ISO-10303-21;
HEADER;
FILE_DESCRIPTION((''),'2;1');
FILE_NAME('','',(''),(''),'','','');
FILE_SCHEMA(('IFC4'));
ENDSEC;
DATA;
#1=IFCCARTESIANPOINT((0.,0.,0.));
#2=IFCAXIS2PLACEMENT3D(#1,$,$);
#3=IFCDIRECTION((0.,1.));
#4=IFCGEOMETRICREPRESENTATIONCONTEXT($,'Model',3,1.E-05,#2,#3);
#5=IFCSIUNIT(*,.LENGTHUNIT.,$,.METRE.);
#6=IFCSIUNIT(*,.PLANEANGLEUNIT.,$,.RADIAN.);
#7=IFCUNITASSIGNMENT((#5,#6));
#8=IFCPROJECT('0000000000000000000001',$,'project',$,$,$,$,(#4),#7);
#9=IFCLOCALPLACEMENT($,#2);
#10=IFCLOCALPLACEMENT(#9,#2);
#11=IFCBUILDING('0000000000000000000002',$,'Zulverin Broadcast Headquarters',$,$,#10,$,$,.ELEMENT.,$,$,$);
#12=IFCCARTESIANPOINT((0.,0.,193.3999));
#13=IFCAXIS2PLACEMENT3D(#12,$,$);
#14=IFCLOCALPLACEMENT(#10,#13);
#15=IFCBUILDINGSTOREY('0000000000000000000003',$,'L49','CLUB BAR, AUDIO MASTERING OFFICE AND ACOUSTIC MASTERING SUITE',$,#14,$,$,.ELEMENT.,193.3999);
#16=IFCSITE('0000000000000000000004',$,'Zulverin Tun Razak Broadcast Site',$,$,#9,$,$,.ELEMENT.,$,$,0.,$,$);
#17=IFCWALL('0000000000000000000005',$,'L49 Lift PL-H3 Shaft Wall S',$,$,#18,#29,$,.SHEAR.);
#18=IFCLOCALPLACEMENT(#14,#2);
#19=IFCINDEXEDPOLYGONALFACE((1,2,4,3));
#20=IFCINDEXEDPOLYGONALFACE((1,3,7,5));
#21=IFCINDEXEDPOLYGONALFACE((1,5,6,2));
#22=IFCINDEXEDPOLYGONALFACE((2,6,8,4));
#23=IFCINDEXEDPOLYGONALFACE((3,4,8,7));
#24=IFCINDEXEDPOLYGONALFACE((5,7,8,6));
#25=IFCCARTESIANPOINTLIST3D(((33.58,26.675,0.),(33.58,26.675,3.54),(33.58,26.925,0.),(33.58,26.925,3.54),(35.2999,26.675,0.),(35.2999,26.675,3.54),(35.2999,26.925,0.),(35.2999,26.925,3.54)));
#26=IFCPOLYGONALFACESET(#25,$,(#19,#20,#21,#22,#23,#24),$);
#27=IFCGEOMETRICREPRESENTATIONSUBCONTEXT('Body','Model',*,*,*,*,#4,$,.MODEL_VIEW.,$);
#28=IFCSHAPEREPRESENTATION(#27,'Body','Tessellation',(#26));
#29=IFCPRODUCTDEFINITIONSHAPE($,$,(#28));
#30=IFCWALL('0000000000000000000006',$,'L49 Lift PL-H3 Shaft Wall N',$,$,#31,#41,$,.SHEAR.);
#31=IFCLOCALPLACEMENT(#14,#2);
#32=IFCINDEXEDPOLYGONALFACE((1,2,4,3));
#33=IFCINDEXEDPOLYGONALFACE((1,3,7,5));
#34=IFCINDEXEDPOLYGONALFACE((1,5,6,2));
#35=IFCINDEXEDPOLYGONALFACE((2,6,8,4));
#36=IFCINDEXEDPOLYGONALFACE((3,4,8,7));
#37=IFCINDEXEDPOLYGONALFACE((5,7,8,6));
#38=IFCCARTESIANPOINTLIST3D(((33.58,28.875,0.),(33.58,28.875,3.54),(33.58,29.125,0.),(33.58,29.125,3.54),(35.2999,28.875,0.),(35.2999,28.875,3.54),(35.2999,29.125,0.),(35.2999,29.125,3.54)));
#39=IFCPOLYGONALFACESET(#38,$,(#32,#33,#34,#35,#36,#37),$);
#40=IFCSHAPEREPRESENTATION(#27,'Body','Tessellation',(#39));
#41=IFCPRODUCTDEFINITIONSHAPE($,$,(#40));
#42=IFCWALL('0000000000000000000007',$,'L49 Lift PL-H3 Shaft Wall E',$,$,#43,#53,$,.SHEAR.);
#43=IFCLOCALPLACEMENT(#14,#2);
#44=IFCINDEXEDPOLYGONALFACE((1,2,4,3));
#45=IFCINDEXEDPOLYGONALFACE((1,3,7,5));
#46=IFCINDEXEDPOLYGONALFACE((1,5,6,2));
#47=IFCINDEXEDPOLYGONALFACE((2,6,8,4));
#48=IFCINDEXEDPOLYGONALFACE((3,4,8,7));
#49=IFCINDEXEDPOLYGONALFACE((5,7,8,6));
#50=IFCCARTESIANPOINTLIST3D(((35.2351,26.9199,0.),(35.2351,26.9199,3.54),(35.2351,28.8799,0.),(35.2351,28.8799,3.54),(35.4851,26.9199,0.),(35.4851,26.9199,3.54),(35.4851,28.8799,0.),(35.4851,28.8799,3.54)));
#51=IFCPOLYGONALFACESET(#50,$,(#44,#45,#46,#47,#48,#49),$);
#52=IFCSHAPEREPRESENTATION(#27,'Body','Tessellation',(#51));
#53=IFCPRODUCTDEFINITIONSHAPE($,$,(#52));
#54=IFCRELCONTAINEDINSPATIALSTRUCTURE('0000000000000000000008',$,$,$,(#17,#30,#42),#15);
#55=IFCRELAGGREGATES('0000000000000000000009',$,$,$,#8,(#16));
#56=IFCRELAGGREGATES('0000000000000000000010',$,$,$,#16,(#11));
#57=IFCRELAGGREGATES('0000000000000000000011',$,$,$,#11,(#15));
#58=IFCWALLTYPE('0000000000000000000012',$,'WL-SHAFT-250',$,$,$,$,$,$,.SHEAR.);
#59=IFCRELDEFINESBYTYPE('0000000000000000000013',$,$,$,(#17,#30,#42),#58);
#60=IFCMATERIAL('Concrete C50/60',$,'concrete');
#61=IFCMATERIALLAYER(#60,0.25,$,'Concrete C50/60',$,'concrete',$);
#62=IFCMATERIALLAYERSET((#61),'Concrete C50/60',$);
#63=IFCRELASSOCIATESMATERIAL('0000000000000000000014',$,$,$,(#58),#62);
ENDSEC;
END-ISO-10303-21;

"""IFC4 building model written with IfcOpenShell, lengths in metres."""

from ifc_helpers import new_model, si_unit, direction, frame, frame_2d, origin, place, context, subcontext, project, spatial, rectangle, extrude, material, layer, layer_set, type_object, element, save


model = new_model("IFC4")

# Units and contexts
model_context = context("Model", 3, precision=1e-05, world=origin(), true_north=direction((0.0, 1.0)))
body_context = subcontext(model_context, "Body", "Model", "MODEL_VIEW")
ifc_project = project(units=[si_unit("LENGTHUNIT", "METRE"), si_unit("PLANEANGLEUNIT", "RADIAN")], contexts=[model_context])

# Site, building, storey
site_placement = place(None, origin())
site = spatial("IfcSite", under=ifc_project, at=site_placement, Name="Zulverin Tun Razak Broadcast Site", CompositionType="ELEMENT", RefElevation=0.0)
building_placement = place(site_placement, origin())
building = spatial("IfcBuilding", under=site, at=building_placement, Name="Zulverin Broadcast Headquarters", CompositionType="ELEMENT")
storey_placement = place(building_placement, frame((0.0, 0.0, 193.3999)))
storey = spatial("IfcBuildingStorey", under=building, at=storey_placement, Name="L49", Description="CLUB BAR, AUDIO MASTERING OFFICE AND ACOUSTIC MASTERING SUITE", CompositionType="ELEMENT", Elevation=193.3999)

# Shared definitions
ifc_material_1 = material(Name="Concrete C50/60", Category="concrete")
ifc_layer_1 = layer(ifc_material_1, 0.25, Name="Concrete C50/60", Category="concrete")
ifc_layer_set_1 = layer_set([ifc_layer_1], Name="Concrete C50/60")
wall_type_1 = type_object("IfcWallType", Name="WL-SHAFT-250", PredefinedType="SHEAR", material=ifc_layer_set_1)

# Walls
for number, where, z_axis, x_axis, name in (
    (1, (33.5801, 26.8, 0.0), (0.0, 0.0, 1.0), (1.0, 0.0, 0.0), "L49 Lift PL-H3 Shaft Wall S"),
    (2, (33.5801, 29.0, 0.0), (0.0, 0.0, 1.0), (1.0, 0.0, 0.0), "L49 Lift PL-H3 Shaft Wall N"),
):
    element("IfcWall", number, at=place(storey_placement, frame(where, z_axis=z_axis, x_axis=x_axis)), inside=storey, type_object=wall_type_1, Name=name, PredefinedType="SHEAR", context=body_context, shape_type="SweptSolid", body=[
        extrude(rectangle(XDim=1.72, YDim=0.25, at=frame_2d((0.8599, 0.0))), origin(), (0.0, 0.0, 1.0), 3.54),
    ])
wall_1_placement = place(storey_placement, frame((35.3601, 26.9199, 0.0), z_axis=(0.0, 0.0, 1.0), x_axis=(0.0, 1.0, 0.0)))
element("IfcWall", 3, at=wall_1_placement, inside=storey, type_object=wall_type_1, Name="L49 Lift PL-H3 Shaft Wall E", PredefinedType="SHEAR", context=body_context, shape_type="SweptSolid", body=[
    extrude(rectangle(XDim=1.96, YDim=0.25, at=frame_2d((0.98, 0.0))), origin(), (0.0, 0.0, 1.0), 3.54),
])

save(model, "model.ifc")
